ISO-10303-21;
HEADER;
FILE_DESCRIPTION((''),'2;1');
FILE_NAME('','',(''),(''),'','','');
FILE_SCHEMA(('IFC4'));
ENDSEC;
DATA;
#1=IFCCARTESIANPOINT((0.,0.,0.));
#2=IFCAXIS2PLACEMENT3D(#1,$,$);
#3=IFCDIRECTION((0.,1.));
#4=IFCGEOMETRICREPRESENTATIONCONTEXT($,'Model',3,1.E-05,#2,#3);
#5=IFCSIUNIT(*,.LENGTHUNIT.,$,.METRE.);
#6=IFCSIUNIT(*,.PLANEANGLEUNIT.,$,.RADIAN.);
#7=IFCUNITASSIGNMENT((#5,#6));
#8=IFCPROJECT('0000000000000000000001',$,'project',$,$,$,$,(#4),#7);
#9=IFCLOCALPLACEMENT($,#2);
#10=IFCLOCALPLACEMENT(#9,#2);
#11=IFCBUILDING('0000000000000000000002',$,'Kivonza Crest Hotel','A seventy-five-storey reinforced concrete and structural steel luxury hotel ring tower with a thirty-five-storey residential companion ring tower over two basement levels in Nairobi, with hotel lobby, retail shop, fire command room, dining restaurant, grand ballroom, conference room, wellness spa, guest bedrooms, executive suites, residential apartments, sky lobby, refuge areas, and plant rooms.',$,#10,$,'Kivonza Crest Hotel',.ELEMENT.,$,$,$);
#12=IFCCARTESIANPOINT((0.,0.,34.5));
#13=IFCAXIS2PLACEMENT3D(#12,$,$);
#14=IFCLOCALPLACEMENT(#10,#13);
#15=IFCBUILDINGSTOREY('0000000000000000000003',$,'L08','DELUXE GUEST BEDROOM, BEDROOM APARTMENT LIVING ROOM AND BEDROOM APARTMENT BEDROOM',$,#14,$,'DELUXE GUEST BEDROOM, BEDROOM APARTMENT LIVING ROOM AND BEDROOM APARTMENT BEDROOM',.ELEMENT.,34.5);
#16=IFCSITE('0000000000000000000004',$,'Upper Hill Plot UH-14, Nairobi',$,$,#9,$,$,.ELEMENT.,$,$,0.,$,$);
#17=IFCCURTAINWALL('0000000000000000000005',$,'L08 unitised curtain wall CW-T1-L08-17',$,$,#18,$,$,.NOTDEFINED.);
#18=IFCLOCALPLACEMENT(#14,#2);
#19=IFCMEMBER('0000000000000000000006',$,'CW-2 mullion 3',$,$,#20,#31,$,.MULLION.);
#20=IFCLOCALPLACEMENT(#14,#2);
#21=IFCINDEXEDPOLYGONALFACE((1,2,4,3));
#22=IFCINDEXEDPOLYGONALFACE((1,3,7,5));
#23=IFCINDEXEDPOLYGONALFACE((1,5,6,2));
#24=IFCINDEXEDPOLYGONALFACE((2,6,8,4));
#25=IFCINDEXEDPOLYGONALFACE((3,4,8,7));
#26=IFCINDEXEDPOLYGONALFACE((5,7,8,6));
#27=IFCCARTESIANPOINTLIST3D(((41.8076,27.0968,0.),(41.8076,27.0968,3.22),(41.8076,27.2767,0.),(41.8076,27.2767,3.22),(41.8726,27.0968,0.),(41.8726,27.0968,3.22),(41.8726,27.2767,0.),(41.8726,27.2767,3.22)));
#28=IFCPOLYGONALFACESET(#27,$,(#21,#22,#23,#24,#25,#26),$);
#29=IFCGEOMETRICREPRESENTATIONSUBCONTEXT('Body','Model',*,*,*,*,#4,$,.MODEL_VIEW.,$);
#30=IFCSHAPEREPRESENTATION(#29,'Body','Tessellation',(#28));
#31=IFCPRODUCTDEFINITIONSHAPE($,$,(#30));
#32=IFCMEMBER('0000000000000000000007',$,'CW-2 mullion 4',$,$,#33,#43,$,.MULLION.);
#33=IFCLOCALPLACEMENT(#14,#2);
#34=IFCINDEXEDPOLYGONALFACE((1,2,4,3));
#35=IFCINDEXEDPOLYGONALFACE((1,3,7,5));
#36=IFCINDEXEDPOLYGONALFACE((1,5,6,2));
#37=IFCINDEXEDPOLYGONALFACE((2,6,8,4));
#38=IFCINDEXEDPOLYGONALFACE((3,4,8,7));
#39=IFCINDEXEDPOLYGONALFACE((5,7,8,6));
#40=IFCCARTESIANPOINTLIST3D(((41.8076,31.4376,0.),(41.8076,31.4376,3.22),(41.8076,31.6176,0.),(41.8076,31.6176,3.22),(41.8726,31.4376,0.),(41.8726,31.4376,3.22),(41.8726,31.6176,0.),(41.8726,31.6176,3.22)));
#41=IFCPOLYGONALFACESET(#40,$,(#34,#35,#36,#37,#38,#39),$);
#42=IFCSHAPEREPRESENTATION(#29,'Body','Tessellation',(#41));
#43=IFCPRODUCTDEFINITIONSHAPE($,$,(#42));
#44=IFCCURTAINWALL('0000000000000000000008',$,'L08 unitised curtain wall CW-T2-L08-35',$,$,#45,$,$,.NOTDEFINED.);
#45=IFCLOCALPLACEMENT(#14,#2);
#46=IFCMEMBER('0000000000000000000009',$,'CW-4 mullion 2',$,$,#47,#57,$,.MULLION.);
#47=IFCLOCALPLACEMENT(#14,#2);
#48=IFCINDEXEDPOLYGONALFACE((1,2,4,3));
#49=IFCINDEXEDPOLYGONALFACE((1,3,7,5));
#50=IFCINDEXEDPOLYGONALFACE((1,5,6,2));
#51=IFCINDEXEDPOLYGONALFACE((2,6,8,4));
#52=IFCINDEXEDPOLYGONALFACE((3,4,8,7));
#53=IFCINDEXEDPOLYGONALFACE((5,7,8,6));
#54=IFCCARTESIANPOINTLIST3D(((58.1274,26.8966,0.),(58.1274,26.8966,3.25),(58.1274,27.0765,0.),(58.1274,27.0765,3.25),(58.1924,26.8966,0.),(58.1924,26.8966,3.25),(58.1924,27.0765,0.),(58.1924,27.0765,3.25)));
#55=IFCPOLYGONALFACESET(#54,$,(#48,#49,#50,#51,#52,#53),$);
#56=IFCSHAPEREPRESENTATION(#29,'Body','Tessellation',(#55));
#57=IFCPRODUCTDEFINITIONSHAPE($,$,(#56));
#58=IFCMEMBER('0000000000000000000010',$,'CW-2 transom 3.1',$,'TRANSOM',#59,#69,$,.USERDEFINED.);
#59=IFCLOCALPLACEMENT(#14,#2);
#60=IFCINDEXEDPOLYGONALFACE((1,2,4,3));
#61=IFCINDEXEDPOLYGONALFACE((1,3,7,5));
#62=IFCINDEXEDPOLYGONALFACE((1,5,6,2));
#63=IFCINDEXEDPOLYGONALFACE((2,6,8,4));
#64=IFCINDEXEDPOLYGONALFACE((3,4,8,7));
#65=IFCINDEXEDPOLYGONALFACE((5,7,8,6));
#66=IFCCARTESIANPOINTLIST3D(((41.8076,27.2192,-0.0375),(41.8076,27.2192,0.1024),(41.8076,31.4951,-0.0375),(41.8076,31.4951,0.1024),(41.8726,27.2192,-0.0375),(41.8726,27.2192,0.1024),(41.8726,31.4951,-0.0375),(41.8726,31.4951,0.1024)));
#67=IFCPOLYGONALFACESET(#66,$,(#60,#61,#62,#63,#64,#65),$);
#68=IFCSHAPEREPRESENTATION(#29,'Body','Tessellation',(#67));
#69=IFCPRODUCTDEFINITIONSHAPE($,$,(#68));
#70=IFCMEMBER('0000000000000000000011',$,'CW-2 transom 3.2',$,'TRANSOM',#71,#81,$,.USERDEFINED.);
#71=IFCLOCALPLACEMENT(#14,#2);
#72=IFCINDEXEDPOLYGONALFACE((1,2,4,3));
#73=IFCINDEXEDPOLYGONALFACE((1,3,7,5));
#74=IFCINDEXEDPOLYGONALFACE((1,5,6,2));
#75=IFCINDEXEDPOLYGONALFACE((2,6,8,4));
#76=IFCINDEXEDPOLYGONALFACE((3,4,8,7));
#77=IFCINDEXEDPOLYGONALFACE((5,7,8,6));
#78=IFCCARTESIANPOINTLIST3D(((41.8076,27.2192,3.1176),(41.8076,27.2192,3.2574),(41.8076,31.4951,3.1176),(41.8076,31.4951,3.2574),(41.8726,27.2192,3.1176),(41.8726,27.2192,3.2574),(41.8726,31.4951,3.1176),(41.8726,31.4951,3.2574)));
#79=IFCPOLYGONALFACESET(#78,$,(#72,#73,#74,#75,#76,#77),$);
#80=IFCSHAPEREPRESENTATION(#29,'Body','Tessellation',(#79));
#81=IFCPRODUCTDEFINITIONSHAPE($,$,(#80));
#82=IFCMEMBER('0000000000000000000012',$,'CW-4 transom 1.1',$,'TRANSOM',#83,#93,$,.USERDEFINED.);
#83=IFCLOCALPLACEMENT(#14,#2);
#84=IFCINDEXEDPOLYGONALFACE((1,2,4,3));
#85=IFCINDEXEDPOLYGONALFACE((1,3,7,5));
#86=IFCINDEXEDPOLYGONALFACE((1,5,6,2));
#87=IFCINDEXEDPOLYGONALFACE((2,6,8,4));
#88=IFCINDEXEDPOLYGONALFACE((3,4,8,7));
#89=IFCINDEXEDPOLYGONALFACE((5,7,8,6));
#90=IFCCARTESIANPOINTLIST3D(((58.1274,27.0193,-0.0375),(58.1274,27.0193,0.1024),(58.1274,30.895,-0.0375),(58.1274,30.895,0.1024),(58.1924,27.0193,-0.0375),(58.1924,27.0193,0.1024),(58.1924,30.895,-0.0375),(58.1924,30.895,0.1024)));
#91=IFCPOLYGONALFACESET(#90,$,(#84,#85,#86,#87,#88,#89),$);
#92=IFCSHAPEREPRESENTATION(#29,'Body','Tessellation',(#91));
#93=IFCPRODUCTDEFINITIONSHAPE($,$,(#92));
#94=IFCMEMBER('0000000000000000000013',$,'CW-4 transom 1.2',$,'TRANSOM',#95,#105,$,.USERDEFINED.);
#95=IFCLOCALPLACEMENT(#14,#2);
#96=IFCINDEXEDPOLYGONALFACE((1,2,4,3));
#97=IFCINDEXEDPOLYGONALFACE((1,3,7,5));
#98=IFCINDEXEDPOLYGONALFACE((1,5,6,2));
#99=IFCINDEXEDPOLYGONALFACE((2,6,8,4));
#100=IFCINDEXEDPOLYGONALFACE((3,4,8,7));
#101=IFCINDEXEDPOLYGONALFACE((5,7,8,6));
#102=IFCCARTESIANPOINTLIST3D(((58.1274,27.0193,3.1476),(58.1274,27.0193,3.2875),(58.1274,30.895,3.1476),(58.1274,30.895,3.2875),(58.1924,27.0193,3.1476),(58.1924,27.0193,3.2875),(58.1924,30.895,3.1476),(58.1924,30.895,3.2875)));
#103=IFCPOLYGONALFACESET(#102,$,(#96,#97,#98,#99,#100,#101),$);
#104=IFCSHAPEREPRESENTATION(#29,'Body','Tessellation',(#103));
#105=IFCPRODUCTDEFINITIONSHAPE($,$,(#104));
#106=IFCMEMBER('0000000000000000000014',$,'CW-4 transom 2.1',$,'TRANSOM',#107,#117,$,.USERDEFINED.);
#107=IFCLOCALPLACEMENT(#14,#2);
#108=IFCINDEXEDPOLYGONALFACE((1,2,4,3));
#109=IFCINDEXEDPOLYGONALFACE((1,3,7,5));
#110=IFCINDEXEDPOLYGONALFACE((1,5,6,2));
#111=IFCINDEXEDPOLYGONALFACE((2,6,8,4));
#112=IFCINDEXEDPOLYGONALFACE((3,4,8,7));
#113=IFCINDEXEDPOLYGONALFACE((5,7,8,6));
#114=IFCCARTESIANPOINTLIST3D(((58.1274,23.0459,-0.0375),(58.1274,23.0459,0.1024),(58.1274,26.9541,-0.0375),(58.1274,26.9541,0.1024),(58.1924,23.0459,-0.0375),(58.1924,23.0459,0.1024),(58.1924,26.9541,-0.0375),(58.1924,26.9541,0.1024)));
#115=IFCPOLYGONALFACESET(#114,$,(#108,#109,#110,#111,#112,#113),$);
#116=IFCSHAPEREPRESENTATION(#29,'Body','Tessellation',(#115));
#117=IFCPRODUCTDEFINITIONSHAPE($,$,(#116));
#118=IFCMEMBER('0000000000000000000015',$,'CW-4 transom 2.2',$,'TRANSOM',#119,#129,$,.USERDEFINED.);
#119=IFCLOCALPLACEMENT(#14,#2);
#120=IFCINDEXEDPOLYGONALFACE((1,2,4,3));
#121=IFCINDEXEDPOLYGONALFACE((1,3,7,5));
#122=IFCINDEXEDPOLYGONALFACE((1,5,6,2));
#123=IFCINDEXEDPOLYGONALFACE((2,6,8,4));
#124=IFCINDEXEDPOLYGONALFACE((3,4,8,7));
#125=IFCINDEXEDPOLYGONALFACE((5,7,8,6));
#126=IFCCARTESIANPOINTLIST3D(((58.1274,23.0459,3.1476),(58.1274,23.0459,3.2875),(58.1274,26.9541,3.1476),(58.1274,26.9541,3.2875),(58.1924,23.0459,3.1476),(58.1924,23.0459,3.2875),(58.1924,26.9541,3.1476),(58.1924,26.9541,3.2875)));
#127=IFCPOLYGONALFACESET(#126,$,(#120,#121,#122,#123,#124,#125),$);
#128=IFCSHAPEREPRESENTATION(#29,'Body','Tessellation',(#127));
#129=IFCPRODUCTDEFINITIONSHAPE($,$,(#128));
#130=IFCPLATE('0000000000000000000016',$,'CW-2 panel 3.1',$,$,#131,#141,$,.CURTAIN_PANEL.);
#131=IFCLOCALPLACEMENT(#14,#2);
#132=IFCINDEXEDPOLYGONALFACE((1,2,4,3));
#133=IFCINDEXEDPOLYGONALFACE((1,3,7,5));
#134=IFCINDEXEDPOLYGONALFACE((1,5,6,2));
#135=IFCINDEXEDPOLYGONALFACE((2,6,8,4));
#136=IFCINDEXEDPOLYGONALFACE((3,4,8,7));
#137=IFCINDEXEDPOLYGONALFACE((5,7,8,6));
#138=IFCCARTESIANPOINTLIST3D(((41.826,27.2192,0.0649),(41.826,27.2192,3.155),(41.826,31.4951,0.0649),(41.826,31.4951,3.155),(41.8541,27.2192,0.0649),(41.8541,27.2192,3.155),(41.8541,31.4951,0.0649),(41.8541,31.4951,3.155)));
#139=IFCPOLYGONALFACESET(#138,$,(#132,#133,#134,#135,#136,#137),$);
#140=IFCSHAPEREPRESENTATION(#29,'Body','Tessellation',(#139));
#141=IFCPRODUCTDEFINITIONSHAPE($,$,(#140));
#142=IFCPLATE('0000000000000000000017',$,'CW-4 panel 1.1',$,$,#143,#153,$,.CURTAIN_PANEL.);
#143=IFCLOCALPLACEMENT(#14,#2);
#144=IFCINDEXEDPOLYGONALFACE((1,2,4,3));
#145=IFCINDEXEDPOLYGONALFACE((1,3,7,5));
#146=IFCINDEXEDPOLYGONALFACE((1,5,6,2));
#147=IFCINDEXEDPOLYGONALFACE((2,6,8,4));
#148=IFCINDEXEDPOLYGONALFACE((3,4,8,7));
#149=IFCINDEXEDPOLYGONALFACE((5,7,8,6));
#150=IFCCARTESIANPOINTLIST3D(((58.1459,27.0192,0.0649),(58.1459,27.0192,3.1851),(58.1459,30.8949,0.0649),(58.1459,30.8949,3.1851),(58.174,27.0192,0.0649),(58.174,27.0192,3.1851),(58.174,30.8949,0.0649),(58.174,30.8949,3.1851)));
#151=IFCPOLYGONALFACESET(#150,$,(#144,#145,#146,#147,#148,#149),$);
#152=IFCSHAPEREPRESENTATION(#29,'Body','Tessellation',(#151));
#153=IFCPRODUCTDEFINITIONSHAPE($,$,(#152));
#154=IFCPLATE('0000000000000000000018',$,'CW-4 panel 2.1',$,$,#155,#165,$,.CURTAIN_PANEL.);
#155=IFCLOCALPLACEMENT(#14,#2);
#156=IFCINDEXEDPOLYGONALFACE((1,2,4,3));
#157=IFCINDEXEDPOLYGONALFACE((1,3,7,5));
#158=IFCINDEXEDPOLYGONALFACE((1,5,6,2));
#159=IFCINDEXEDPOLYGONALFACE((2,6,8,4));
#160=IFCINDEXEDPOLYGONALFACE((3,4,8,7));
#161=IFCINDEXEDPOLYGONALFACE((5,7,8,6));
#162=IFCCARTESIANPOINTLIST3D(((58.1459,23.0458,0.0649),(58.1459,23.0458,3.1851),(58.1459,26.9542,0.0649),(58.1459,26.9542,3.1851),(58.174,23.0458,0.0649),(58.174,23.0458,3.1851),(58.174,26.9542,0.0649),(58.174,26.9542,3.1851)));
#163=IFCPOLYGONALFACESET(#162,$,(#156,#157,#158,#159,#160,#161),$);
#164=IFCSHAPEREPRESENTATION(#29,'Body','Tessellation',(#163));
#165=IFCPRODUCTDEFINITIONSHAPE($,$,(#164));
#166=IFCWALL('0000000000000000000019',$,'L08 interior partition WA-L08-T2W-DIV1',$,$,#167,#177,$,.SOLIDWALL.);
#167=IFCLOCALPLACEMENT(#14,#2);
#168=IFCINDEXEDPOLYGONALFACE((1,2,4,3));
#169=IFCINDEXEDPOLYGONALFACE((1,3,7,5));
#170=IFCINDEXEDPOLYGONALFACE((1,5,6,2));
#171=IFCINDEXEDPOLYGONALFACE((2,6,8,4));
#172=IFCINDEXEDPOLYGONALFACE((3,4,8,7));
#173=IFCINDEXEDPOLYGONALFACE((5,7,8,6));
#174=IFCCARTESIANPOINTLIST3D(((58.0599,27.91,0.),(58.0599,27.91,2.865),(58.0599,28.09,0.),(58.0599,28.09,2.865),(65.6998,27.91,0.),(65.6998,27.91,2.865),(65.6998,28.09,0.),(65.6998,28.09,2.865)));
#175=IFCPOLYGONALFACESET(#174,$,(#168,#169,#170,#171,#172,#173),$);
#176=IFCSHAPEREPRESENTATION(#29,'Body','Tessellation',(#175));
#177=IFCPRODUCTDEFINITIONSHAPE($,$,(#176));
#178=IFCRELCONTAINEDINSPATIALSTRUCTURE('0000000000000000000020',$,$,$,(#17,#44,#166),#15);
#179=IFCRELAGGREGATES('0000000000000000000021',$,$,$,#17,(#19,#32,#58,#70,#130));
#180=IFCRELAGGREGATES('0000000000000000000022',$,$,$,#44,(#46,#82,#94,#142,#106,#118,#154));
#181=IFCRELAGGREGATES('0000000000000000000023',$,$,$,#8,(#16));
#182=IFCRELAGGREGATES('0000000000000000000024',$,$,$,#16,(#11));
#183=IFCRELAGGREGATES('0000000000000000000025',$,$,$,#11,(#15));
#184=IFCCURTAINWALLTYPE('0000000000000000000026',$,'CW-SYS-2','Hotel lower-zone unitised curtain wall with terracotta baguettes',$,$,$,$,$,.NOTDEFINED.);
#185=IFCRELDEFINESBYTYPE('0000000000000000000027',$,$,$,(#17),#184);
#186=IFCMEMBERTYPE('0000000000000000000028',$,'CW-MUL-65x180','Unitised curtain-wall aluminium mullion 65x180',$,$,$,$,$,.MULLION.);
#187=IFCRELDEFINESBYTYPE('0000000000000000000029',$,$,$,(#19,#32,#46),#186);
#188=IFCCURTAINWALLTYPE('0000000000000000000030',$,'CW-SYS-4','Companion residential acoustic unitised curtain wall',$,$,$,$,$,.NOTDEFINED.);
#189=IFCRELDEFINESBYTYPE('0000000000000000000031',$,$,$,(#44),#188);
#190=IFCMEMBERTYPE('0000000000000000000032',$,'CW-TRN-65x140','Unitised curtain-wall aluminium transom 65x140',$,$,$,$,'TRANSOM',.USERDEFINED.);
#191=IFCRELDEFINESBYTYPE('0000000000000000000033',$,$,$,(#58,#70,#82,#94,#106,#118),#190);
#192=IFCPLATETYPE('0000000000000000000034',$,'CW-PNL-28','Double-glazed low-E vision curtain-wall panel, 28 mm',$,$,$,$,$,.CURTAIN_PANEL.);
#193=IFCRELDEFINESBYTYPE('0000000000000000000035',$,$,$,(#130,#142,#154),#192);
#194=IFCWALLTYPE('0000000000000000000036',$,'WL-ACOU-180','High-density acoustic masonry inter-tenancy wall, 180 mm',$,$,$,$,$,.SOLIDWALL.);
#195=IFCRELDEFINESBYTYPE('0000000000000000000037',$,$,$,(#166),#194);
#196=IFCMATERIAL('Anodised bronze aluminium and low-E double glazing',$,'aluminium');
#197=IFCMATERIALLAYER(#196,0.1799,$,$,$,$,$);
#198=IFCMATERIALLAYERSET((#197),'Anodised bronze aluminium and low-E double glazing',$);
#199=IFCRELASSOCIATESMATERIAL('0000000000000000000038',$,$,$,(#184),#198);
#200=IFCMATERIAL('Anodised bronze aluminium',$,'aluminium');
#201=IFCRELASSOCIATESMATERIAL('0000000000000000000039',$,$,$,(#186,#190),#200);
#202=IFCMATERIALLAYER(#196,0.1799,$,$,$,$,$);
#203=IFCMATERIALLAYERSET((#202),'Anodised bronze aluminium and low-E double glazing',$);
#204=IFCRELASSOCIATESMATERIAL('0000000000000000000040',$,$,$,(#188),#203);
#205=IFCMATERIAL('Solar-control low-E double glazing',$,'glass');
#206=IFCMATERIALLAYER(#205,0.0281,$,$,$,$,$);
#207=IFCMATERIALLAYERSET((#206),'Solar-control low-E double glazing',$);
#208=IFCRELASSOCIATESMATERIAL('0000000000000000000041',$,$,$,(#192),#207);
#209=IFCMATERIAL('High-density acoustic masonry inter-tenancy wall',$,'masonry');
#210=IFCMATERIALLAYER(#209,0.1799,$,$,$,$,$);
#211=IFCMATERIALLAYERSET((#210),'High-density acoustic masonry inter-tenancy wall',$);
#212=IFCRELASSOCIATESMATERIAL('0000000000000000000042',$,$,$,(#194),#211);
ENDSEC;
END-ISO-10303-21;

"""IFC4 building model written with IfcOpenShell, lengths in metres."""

from ifc_helpers import new_model, si_unit, direction, frame, frame_2d, origin, origin_2d, place, context, subcontext, project, spatial, rectangle, extrude, material, layer, layer_set, material_profile, profile_set, type_object, element, aggregate, save


model = new_model("IFC4")

# Units and contexts
model_context = context("Model", 3, precision=1e-05, world=origin(), true_north=direction((0.0, 1.0)))
body_context = subcontext(model_context, "Body", "Model", "MODEL_VIEW")
ifc_project = project(units=[si_unit("LENGTHUNIT", "METRE"), si_unit("PLANEANGLEUNIT", "RADIAN")], contexts=[model_context])

# Site, building, storey
site_placement = place(None, origin())
site = spatial("IfcSite", under=ifc_project, at=site_placement, Name="Upper Hill Plot UH-14, Nairobi", CompositionType="ELEMENT", RefElevation=0.0)
building_placement = place(site_placement, origin())
building = spatial("IfcBuilding", under=site, at=building_placement, Name="Kivonza Crest Hotel", Description="A seventy-five-storey reinforced concrete and structural steel luxury hotel ring tower with a thirty-five-storey residential companion ring tower over two basement levels in Nairobi, with hotel lobby, retail shop, fire command room, dining restaurant, grand ballroom, conference room, wellness spa, guest bedrooms, executive suites, residential apartments, sky lobby, refuge areas, and plant rooms.", LongName="Kivonza Crest Hotel", CompositionType="ELEMENT")
storey_placement = place(building_placement, frame((0.0, 0.0, 34.5)))
storey = spatial("IfcBuildingStorey", under=building, at=storey_placement, Name="L08", Description="DELUXE GUEST BEDROOM, BEDROOM APARTMENT LIVING ROOM AND BEDROOM APARTMENT BEDROOM", LongName="DELUXE GUEST BEDROOM, BEDROOM APARTMENT LIVING ROOM AND BEDROOM APARTMENT BEDROOM", CompositionType="ELEMENT", Elevation=34.5)

# Curtain wall, members
ifc_material_1 = material(Name="Anodised bronze aluminium and low-E double glazing", Category="aluminium")
ifc_layer_1 = layer(ifc_material_1, 0.1799)
ifc_layer_set_1 = layer_set([ifc_layer_1], Name="Anodised bronze aluminium and low-E double glazing")
curtain_wall_type_1 = type_object("IfcCurtainWallType", Name="CW-SYS-2", Description="Hotel lower-zone unitised curtain wall with terracotta baguettes", PredefinedType="NOTDEFINED", material=ifc_layer_set_1)
curtain_wall_1_placement = place(storey_placement, origin())
curtain_wall_1 = element("IfcCurtainWall", 1, at=curtain_wall_1_placement, inside=storey, type_object=curtain_wall_type_1, Name="L08 unitised curtain wall CW-T1-L08-17", PredefinedType="NOTDEFINED")
ifc_material_2 = material(Name="Anodised bronze aluminium", Category="aluminium")
ifc_material_profile_1 = material_profile(ifc_material_2, rectangle(XDim=0.0649, YDim=0.1799, at=origin_2d()), Name="CW-M 65x180")
ifc_profile_set_1 = profile_set([ifc_material_profile_1], Name="Anodised bronze aluminium")
member_type_1 = type_object("IfcMemberType", Name="CW-MUL-65x180", Description="Unitised curtain-wall aluminium mullion 65x180", PredefinedType="MULLION", material=ifc_profile_set_1)
member_1_placement = place(storey_placement, frame((41.8401, 27.1868, 0.0), z_axis=(0.0, 0.0, 1.0), x_axis=(-1.0, 0.0, 0.0)))
member_1 = element("IfcMember", 2, at=member_1_placement, type_object=member_type_1, Name="CW-2 mullion 3", PredefinedType="MULLION", context=body_context, shape_type="SweptSolid", body=[
    extrude(rectangle(XDim=0.0649, YDim=0.1799, at=origin_2d()), origin(), (0.0, 0.0, 1.0), 3.22),
])
member_2_placement = place(storey_placement, frame((41.8401, 31.5276, 0.0), z_axis=(0.0, 0.0, 1.0), x_axis=(-1.0, 0.0, 0.0)))
member_2 = element("IfcMember", 3, at=member_2_placement, type_object=member_type_1, Name="CW-2 mullion 4", PredefinedType="MULLION", context=body_context, shape_type="SweptSolid", body=[
    extrude(rectangle(XDim=0.0649, YDim=0.1799, at=origin_2d()), origin(), (0.0, 0.0, 1.0), 3.22),
])

# Curtain wall, member
ifc_layer_2 = layer(ifc_material_1, 0.1799)
ifc_layer_set_2 = layer_set([ifc_layer_2], Name="Anodised bronze aluminium and low-E double glazing")
curtain_wall_type_2 = type_object("IfcCurtainWallType", Name="CW-SYS-4", Description="Companion residential acoustic unitised curtain wall", PredefinedType="NOTDEFINED", material=ifc_layer_set_2)
curtain_wall_2_placement = place(storey_placement, origin())
curtain_wall_2 = element("IfcCurtainWall", 4, at=curtain_wall_2_placement, inside=storey, type_object=curtain_wall_type_2, Name="L08 unitised curtain wall CW-T2-L08-35", PredefinedType="NOTDEFINED")
member_3_placement = place(storey_placement, frame((58.1599, 26.9866, 0.0), z_axis=(0.0, 0.0, 1.0), x_axis=(1.0, 0.0, 0.0)))
member_3 = element("IfcMember", 5, at=member_3_placement, type_object=member_type_1, Name="CW-4 mullion 2", PredefinedType="MULLION", context=body_context, shape_type="SweptSolid", body=[
    extrude(rectangle(XDim=0.0649, YDim=0.1799, at=origin_2d()), origin(), (0.0, 0.0, 1.0), 3.25),
])

# Members
ifc_material_profile_2 = material_profile(ifc_material_2, rectangle(XDim=0.0649, YDim=0.1399, at=origin_2d()), Name="CW-T 65x140")
ifc_profile_set_2 = profile_set([ifc_material_profile_2], Name="Anodised bronze aluminium")
member_type_2 = type_object("IfcMemberType", Name="CW-TRN-65x140", Description="Unitised curtain-wall aluminium transom 65x140", ElementType="TRANSOM", PredefinedType="USERDEFINED", material=ifc_profile_set_2)
member_4_placement = place(storey_placement, frame((41.8401, 27.2192, 0.0325), z_axis=(0.0, 1.0, 0.0), x_axis=(-1.0, 0.0, 0.0)))
member_4 = element("IfcMember", 6, at=member_4_placement, type_object=member_type_2, Name="CW-2 transom 3.1", ObjectType="TRANSOM", PredefinedType="USERDEFINED", context=body_context, shape_type="SweptSolid", body=[
    extrude(rectangle(XDim=0.0649, YDim=0.1399, at=origin_2d()), origin(), (0.0, 0.0, 1.0), 4.2759),
])
member_5_placement = place(storey_placement, frame((41.8401, 27.2192, 3.1875), z_axis=(0.0, 1.0, 0.0), x_axis=(-1.0, 0.0, 0.0)))
member_5 = element("IfcMember", 7, at=member_5_placement, type_object=member_type_2, Name="CW-2 transom 3.2", ObjectType="TRANSOM", PredefinedType="USERDEFINED", context=body_context, shape_type="SweptSolid", body=[
    extrude(rectangle(XDim=0.0649, YDim=0.1399, at=origin_2d()), origin(), (0.0, 0.0, 1.0), 4.2759),
])
member_6_placement = place(storey_placement, frame((58.1599, 30.895, 0.0325), z_axis=(0.0, -1.0, 0.0), x_axis=(1.0, 0.0, 0.0)))
member_6 = element("IfcMember", 8, at=member_6_placement, type_object=member_type_2, Name="CW-4 transom 1.1", ObjectType="TRANSOM", PredefinedType="USERDEFINED", context=body_context, shape_type="SweptSolid", body=[
    extrude(rectangle(XDim=0.0649, YDim=0.1399, at=origin_2d()), origin(), (0.0, 0.0, 1.0), 3.8757),
])
member_7_placement = place(storey_placement, frame((58.1599, 30.895, 3.2175), z_axis=(0.0, -1.0, 0.0), x_axis=(1.0, 0.0, 0.0)))
member_7 = element("IfcMember", 9, at=member_7_placement, type_object=member_type_2, Name="CW-4 transom 1.2", ObjectType="TRANSOM", PredefinedType="USERDEFINED", context=body_context, shape_type="SweptSolid", body=[
    extrude(rectangle(XDim=0.0649, YDim=0.1399, at=origin_2d()), origin(), (0.0, 0.0, 1.0), 3.8757),
])
member_8_placement = place(storey_placement, frame((58.1599, 26.9541, 0.0325), z_axis=(0.0, -1.0, 0.0), x_axis=(1.0, 0.0, 0.0)))
member_8 = element("IfcMember", 10, at=member_8_placement, type_object=member_type_2, Name="CW-4 transom 2.1", ObjectType="TRANSOM", PredefinedType="USERDEFINED", context=body_context, shape_type="SweptSolid", body=[
    extrude(rectangle(XDim=0.0649, YDim=0.1399, at=origin_2d()), origin(), (0.0, 0.0, 1.0), 3.9082),
])
member_9_placement = place(storey_placement, frame((58.1599, 26.9541, 3.2175), z_axis=(0.0, -1.0, 0.0), x_axis=(1.0, 0.0, 0.0)))
member_9 = element("IfcMember", 11, at=member_9_placement, type_object=member_type_2, Name="CW-4 transom 2.2", ObjectType="TRANSOM", PredefinedType="USERDEFINED", context=body_context, shape_type="SweptSolid", body=[
    extrude(rectangle(XDim=0.0649, YDim=0.1399, at=origin_2d()), origin(), (0.0, 0.0, 1.0), 3.9082),
])

# Plates
ifc_material_3 = material(Name="Solar-control low-E double glazing", Category="glass")
ifc_layer_3 = layer(ifc_material_3, 0.0281)
ifc_layer_set_3 = layer_set([ifc_layer_3], Name="Solar-control low-E double glazing")
plate_type = type_object("IfcPlateType", Name="CW-PNL-28", Description="Double-glazed low-E vision curtain-wall panel, 28 mm", PredefinedType="CURTAIN_PANEL", material=ifc_layer_set_3)
plate_1_placement = place(storey_placement, frame((41.8401, 29.3572, 0.0649), z_axis=(0.0, 0.0, 1.0), x_axis=(0.0, 1.0, 0.0)))
plate_1 = element("IfcPlate", 12, at=plate_1_placement, type_object=plate_type, Name="CW-2 panel 3.1", PredefinedType="CURTAIN_PANEL", context=body_context, shape_type="SweptSolid", body=[
    extrude(rectangle(XDim=4.2759, YDim=0.0281, at=origin_2d()), origin(), (0.0, 0.0, 1.0), 3.0901),
])
aggregate(curtain_wall_1, [member_1, member_2, member_4, member_5, plate_1])
plate_2_placement = place(storey_placement, frame((58.1599, 28.957, 0.0649), z_axis=(0.0, 0.0, 1.0), x_axis=(0.0, -1.0, 0.0)))
plate_2 = element("IfcPlate", 13, at=plate_2_placement, type_object=plate_type, Name="CW-4 panel 1.1", PredefinedType="CURTAIN_PANEL", context=body_context, shape_type="SweptSolid", body=[
    extrude(rectangle(XDim=3.8757, YDim=0.0281, at=origin_2d()), origin(), (0.0, 0.0, 1.0), 3.1201),
])
plate_3_placement = place(storey_placement, frame((58.1599, 25.0, 0.0649), z_axis=(0.0, 0.0, 1.0), x_axis=(0.0, -1.0, 0.0)))
plate_3 = element("IfcPlate", 14, at=plate_3_placement, type_object=plate_type, Name="CW-4 panel 2.1", PredefinedType="CURTAIN_PANEL", context=body_context, shape_type="SweptSolid", body=[
    extrude(rectangle(XDim=3.9084, YDim=0.0281, at=origin_2d()), origin(), (0.0, 0.0, 1.0), 3.1201),
])
aggregate(curtain_wall_2, [member_3, member_6, member_7, plate_2, member_8, member_9, plate_3])

# Wall
ifc_material_4 = material(Name="High-density acoustic masonry inter-tenancy wall", Category="masonry")
ifc_layer_4 = layer(ifc_material_4, 0.1799)
ifc_layer_set_4 = layer_set([ifc_layer_4], Name="High-density acoustic masonry inter-tenancy wall")
wall_type_1 = type_object("IfcWallType", Name="WL-ACOU-180", Description="High-density acoustic masonry inter-tenancy wall, 180 mm", PredefinedType="SOLIDWALL", material=ifc_layer_set_4)
wall_1_placement = place(storey_placement, frame((58.0601, 28.0, 0.0), z_axis=(0.0, 0.0, 1.0), x_axis=(1.0, 0.0, 0.0)))
element("IfcWall", 15, at=wall_1_placement, inside=storey, type_object=wall_type_1, Name="L08 interior partition WA-L08-T2W-DIV1", PredefinedType="SOLIDWALL", context=body_context, shape_type="SweptSolid", body=[
    extrude(rectangle(XDim=7.6399, YDim=0.1799, at=frame_2d((3.8198, 0.0))), origin(), (0.0, 0.0, 1.0), 2.865),
])

save(model, "model.ifc")
